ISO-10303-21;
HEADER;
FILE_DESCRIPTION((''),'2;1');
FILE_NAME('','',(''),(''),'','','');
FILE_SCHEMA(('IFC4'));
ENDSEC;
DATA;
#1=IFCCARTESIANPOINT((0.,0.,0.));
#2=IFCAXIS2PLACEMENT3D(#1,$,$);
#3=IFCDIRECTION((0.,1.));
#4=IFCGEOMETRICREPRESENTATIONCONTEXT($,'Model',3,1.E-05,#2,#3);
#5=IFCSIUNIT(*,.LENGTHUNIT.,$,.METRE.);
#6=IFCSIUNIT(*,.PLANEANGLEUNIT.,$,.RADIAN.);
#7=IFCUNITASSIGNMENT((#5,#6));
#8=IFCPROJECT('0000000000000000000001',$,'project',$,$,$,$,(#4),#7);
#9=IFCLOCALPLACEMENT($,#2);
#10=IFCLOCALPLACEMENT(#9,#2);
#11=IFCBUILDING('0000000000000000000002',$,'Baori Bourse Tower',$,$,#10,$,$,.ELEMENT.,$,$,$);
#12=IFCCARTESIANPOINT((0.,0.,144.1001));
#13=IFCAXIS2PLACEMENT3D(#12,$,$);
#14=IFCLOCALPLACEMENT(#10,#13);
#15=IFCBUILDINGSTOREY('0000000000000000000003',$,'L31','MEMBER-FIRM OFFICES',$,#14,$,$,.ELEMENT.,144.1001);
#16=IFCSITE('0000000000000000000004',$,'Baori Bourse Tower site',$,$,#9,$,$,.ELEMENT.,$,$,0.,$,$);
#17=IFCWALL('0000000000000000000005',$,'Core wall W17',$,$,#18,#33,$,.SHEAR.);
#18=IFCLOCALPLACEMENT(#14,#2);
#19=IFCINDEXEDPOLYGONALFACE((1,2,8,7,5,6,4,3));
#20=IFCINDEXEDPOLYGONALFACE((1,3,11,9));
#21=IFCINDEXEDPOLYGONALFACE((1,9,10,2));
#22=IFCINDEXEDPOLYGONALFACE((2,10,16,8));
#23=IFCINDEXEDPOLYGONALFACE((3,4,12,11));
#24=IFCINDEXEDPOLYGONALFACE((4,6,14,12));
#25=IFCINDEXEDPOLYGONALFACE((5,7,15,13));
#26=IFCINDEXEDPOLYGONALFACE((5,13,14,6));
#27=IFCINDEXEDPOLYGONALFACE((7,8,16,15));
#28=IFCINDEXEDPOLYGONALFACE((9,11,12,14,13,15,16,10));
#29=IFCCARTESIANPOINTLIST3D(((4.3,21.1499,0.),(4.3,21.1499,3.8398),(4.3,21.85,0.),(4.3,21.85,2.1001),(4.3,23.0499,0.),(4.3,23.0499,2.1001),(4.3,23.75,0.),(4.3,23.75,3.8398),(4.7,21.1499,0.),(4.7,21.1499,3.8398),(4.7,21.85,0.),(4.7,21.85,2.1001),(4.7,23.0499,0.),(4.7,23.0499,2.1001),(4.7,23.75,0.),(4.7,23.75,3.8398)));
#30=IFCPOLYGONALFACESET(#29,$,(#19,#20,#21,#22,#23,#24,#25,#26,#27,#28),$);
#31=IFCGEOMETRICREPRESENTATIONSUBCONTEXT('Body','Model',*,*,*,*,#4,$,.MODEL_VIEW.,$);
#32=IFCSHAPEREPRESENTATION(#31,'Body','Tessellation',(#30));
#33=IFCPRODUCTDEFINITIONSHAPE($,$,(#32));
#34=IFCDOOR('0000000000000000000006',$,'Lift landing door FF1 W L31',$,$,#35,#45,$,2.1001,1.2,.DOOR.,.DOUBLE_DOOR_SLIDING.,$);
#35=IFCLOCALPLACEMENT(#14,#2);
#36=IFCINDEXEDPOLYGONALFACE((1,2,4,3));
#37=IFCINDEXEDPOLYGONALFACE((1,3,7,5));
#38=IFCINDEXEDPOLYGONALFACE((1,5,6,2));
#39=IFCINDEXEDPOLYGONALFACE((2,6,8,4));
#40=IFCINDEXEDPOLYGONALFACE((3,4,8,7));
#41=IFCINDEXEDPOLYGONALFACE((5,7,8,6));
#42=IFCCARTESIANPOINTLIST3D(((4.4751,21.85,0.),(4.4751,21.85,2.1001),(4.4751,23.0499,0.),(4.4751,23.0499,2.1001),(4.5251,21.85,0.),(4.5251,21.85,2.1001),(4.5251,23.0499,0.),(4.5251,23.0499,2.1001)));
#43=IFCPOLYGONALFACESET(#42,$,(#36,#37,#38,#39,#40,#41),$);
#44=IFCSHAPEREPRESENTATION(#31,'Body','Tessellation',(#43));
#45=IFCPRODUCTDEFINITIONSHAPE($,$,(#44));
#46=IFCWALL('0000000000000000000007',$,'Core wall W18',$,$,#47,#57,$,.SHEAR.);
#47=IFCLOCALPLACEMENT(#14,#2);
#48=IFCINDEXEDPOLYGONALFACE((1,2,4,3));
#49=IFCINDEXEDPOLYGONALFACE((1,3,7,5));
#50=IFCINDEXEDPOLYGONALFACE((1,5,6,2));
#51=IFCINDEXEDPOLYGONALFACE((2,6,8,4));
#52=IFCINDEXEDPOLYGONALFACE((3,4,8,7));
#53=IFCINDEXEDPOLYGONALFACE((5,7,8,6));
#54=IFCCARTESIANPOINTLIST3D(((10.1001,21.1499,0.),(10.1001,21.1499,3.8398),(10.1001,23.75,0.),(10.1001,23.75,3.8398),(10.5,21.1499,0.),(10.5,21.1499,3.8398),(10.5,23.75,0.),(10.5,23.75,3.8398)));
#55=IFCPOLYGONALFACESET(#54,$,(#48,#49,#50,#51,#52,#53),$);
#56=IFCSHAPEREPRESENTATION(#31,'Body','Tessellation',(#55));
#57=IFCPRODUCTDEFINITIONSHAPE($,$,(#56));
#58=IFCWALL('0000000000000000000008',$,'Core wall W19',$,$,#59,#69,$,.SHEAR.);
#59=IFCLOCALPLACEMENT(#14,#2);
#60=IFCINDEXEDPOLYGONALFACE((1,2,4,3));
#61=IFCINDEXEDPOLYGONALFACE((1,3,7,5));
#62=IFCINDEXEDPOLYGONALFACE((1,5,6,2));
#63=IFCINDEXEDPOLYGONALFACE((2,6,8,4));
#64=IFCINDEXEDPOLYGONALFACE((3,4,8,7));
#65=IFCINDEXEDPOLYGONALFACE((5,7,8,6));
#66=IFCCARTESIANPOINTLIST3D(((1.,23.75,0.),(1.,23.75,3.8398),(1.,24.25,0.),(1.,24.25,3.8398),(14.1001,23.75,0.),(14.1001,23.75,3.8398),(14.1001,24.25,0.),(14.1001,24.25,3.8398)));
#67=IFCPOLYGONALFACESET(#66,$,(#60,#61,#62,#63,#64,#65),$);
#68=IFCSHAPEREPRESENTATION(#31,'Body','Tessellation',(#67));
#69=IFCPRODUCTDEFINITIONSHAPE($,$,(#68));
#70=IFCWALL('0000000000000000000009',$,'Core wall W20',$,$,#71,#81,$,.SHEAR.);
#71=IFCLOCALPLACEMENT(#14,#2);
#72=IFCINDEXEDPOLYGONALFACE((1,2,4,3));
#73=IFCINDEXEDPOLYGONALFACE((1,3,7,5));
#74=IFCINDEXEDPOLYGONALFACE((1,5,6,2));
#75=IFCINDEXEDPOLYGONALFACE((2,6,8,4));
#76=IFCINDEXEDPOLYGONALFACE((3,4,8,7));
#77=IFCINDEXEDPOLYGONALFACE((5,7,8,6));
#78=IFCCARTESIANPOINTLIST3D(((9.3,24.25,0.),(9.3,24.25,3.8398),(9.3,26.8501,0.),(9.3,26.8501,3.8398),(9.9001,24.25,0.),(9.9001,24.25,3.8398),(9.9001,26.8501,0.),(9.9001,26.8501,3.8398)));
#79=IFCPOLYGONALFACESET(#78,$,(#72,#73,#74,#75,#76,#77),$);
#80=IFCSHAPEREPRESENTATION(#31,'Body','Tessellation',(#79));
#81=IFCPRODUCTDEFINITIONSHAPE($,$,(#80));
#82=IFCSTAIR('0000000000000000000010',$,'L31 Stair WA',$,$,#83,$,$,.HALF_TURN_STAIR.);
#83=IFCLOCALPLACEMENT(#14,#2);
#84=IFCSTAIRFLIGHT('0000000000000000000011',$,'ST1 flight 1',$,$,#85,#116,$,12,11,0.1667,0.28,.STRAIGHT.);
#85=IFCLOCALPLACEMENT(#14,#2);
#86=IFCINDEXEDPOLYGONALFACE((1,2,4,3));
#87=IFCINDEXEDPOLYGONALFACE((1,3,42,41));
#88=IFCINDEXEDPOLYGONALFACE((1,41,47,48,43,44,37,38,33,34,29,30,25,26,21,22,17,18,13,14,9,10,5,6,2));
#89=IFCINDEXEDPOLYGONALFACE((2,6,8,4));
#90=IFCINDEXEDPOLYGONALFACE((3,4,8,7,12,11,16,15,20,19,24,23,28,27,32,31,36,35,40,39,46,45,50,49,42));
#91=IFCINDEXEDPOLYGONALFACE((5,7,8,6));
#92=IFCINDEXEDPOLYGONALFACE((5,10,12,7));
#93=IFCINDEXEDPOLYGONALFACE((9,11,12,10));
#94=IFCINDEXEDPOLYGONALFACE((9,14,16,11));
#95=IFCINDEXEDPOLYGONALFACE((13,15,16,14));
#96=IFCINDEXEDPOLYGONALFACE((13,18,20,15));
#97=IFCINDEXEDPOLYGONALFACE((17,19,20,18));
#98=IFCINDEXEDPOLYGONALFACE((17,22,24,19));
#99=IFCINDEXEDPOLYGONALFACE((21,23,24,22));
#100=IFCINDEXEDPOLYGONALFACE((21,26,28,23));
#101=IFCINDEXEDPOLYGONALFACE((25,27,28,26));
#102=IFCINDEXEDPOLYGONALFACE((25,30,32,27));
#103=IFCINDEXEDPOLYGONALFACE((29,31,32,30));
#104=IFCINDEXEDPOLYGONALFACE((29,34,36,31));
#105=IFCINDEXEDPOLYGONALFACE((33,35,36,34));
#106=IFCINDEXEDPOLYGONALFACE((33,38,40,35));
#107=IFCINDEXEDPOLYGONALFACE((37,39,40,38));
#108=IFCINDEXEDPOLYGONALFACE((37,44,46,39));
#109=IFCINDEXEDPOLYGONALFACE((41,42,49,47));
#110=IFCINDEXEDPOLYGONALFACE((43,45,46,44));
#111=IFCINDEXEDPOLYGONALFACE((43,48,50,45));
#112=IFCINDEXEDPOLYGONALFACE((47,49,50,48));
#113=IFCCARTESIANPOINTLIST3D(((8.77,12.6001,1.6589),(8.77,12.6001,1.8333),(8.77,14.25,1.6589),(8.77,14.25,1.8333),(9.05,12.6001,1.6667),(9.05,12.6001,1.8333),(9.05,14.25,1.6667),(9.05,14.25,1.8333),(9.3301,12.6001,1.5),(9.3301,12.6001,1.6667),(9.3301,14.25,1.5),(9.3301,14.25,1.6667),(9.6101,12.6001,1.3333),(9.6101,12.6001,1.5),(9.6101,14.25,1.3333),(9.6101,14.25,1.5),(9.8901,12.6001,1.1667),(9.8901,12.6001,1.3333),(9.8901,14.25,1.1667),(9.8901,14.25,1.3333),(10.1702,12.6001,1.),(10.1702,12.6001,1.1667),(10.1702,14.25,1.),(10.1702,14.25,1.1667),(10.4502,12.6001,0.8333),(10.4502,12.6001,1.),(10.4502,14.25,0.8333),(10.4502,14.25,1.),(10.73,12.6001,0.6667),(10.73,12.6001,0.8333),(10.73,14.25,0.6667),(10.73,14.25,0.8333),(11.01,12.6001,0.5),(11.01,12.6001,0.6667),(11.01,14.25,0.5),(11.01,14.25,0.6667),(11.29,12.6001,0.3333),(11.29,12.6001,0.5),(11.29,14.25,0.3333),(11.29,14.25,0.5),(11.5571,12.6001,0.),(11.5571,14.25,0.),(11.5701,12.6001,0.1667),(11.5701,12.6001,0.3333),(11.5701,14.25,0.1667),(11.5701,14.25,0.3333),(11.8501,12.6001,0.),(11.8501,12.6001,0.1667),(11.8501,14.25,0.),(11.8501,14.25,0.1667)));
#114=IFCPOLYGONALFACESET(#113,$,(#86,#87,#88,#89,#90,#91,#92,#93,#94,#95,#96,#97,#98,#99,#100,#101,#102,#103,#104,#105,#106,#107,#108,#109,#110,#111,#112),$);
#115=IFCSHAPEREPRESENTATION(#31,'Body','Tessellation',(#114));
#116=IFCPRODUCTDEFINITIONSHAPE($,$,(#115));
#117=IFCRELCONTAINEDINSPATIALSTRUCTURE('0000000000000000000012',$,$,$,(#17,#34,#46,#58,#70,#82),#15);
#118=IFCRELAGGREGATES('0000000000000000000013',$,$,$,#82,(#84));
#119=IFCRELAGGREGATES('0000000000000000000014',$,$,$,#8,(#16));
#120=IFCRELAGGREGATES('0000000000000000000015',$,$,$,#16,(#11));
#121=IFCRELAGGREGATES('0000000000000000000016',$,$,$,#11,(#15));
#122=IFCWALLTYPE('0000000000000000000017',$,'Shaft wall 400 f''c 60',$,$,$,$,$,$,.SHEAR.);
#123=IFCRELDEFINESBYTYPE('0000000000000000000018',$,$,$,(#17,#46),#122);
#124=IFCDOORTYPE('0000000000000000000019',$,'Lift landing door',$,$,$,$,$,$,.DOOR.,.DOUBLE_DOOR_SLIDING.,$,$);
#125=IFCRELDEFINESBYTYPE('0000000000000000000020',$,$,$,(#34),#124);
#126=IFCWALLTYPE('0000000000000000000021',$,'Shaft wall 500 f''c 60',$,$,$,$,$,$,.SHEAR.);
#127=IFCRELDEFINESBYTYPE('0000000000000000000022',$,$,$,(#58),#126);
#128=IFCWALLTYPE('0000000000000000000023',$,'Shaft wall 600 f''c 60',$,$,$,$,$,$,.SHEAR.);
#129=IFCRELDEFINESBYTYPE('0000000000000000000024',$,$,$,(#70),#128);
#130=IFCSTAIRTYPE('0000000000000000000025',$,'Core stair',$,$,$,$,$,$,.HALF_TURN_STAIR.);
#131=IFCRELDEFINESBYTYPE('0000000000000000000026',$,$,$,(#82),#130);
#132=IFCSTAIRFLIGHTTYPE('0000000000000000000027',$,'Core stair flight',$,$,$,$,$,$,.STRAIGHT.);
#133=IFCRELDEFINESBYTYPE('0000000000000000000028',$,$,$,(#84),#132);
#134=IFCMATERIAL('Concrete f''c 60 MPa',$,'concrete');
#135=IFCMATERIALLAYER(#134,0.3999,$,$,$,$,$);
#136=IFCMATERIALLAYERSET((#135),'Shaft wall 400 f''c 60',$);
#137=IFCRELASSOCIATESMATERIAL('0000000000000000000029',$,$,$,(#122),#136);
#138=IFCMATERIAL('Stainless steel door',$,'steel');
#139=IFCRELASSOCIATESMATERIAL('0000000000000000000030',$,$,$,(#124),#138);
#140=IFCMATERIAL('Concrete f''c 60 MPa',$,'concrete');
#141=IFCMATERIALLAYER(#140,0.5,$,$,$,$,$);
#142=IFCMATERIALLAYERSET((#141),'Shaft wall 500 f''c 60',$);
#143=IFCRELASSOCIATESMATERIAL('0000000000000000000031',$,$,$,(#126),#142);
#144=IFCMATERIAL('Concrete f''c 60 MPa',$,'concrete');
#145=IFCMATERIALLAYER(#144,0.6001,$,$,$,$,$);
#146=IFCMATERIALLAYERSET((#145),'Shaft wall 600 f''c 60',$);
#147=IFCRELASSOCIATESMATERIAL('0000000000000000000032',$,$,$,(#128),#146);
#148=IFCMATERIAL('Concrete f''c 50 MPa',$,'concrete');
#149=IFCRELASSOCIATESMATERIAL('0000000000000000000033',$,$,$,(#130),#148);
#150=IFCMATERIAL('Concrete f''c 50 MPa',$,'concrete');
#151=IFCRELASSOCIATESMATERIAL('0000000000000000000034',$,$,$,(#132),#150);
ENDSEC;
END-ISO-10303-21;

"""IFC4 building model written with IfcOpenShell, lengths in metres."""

from ifc_helpers import new_model, si_unit, direction, frame, frame_2d, origin, place, context, subcontext, project, spatial, polyline, rectangle, outline, extrude, material, layer, layer_set, type_object, element, fill, aggregate, save


model = new_model("IFC4")

# Units and contexts
model_context = context("Model", 3, precision=1e-05, world=origin(), true_north=direction((0.0, 1.0)))
body_context = subcontext(model_context, "Body", "Model", "MODEL_VIEW")
ifc_project = project(units=[si_unit("LENGTHUNIT", "METRE"), si_unit("PLANEANGLEUNIT", "RADIAN")], contexts=[model_context])

# Site, building, storey
site_placement = place(None, origin())
site = spatial("IfcSite", under=ifc_project, at=site_placement, Name="Baori Bourse Tower site", CompositionType="ELEMENT", RefElevation=0.0)
building_placement = place(site_placement, origin())
building = spatial("IfcBuilding", under=site, at=building_placement, Name="Baori Bourse Tower", CompositionType="ELEMENT")
storey_placement = place(building_placement, frame((0.0, 0.0, 144.1001)))
storey = spatial("IfcBuildingStorey", under=building, at=storey_placement, Name="L31", Description="MEMBER-FIRM OFFICES", CompositionType="ELEMENT", Elevation=144.1001)

# Shared definitions
ifc_material_1 = material(Name="Concrete f'c 60 MPa", Category="concrete")
ifc_layer_1 = layer(ifc_material_1, 0.3999)
ifc_layer_set_1 = layer_set([ifc_layer_1], Name="Shaft wall 400 f'c 60")
wall_type_1 = type_object("IfcWallType", Name="Shaft wall 400 f'c 60", PredefinedType="SHEAR", material=ifc_layer_set_1)

# Wall, opening, door
wall_1_placement = place(storey_placement, frame((4.5, 21.1499, 0.0), z_axis=(0.0, 0.0, 1.0), x_axis=(0.0, 1.0, 0.0)))
wall_1 = element("IfcWall", 1, at=wall_1_placement, inside=storey, type_object=wall_type_1, Name="Core wall W17", PredefinedType="SHEAR", context=body_context, shape_type="SweptSolid", body=[
    extrude(rectangle(XDim=2.6001, YDim=0.3999, at=frame_2d((1.3, 0.0))), origin(), (0.0, 0.0, 1.0), 3.8398),
])
opening_1_placement = place(wall_1_placement, frame((0.7, 0.0, 0.0)))
opening_1 = element("IfcOpeningElement", 2, at=opening_1_placement, cuts=wall_1, PredefinedType="OPENING", context=body_context, shape_type="SweptSolid", body=[
    extrude(rectangle(XDim=1.2, YDim=2.1001, at=frame_2d((0.6001, 1.05))), frame((0.0, 0.21, 0.0), z_axis=(0.0, -1.0, 0.0), x_axis=(1.0, 0.0, 0.0)), (0.0, 0.0, 1.0), 0.4199),
])
ifc_material_2 = material(Name="Stainless steel door", Category="steel")
door_type_1 = type_object("IfcDoorType", Name="Lift landing door", OperationType="DOUBLE_DOOR_SLIDING", PredefinedType="DOOR", material=ifc_material_2)
door_1_placement = place(opening_1_placement, origin())
door_1 = element("IfcDoor", 3, at=door_1_placement, inside=storey, type_object=door_type_1, Name="Lift landing door FF1 W L31", OperationType="DOUBLE_DOOR_SLIDING", OverallHeight=2.1001, OverallWidth=1.2, PredefinedType="DOOR", context=body_context, shape_type="SweptSolid", body=[
    extrude(rectangle(XDim=1.2, YDim=2.1001, at=frame_2d((0.6001, 1.05))), frame((0.0, 0.0249, 0.0), z_axis=(0.0, -1.0, 0.0), x_axis=(1.0, 0.0, 0.0)), (0.0, 0.0, 1.0), 0.05),
])
fill(opening_1, door_1)

# Walls
wall_2_placement = place(storey_placement, frame((10.3, 21.1499, 0.0), z_axis=(0.0, 0.0, 1.0), x_axis=(0.0, 1.0, 0.0)))
element("IfcWall", 4, at=wall_2_placement, inside=storey, type_object=wall_type_1, Name="Core wall W18", PredefinedType="SHEAR", context=body_context, shape_type="SweptSolid", body=[
    extrude(rectangle(XDim=2.6001, YDim=0.3999, at=frame_2d((1.3, 0.0))), origin(), (0.0, 0.0, 1.0), 3.8398),
])
ifc_material_3 = material(Name="Concrete f'c 60 MPa", Category="concrete")
ifc_layer_2 = layer(ifc_material_3, 0.5)
ifc_layer_set_2 = layer_set([ifc_layer_2], Name="Shaft wall 500 f'c 60")
wall_type_2 = type_object("IfcWallType", Name="Shaft wall 500 f'c 60", PredefinedType="SHEAR", material=ifc_layer_set_2)
wall_3_placement = place(storey_placement, frame((1.0, 24.0, 0.0), z_axis=(0.0, 0.0, 1.0), x_axis=(1.0, 0.0, 0.0)))
element("IfcWall", 5, at=wall_3_placement, inside=storey, type_object=wall_type_2, Name="Core wall W19", PredefinedType="SHEAR", context=body_context, shape_type="SweptSolid", body=[
    extrude(rectangle(XDim=13.1001, YDim=0.5, at=frame_2d((6.55, 0.0))), origin(), (0.0, 0.0, 1.0), 3.8398),
])
ifc_material_4 = material(Name="Concrete f'c 60 MPa", Category="concrete")
ifc_layer_3 = layer(ifc_material_4, 0.6001)
ifc_layer_set_3 = layer_set([ifc_layer_3], Name="Shaft wall 600 f'c 60")
wall_type_3 = type_object("IfcWallType", Name="Shaft wall 600 f'c 60", PredefinedType="SHEAR", material=ifc_layer_set_3)
wall_4_placement = place(storey_placement, frame((9.6001, 24.25, 0.0), z_axis=(0.0, 0.0, 1.0), x_axis=(0.0, 1.0, 0.0)))
element("IfcWall", 6, at=wall_4_placement, inside=storey, type_object=wall_type_3, Name="Core wall W20", PredefinedType="SHEAR", context=body_context, shape_type="SweptSolid", body=[
    extrude(rectangle(XDim=2.6001, YDim=0.6001, at=frame_2d((1.3, 0.0))), origin(), (0.0, 0.0, 1.0), 3.8398),
])

# Stair, stair flight
ifc_material_5 = material(Name="Concrete f'c 50 MPa", Category="concrete")
stair_type = type_object("IfcStairType", Name="Core stair", PredefinedType="HALF_TURN_STAIR", material=ifc_material_5)
stair_placement = place(storey_placement, origin())
stair = element("IfcStair", 7, at=stair_placement, inside=storey, type_object=stair_type, Name="L31 Stair WA", PredefinedType="HALF_TURN_STAIR")
ifc_material_6 = material(Name="Concrete f'c 50 MPa", Category="concrete")
stair_flight_type = type_object("IfcStairFlightType", Name="Core stair flight", PredefinedType="STRAIGHT", material=ifc_material_6)
stair_flight_placement = place(storey_placement, frame((11.8501, 13.425, 0.0), z_axis=(0.0, 0.0, 1.0), x_axis=(-1.0, 0.0, 0.0)))
stair_flight = element("IfcStairFlight", 8, at=stair_flight_placement, type_object=stair_flight_type, Name="ST1 flight 1", NumberOfRisers=12, NumberOfTreads=11, PredefinedType="STRAIGHT", RiserHeight=0.1667, TreadLength=0.28, context=body_context, shape_type="SweptSolid", body=[
    extrude(outline(polyline([(0.0, 0.0), (0.0, 0.1667), (0.28, 0.1667), (0.28, 0.3333), (0.5601, 0.3333), (0.5601, 0.5), (0.8401, 0.5), (0.8401, 0.6667), (1.1201, 0.6667), (1.1201, 0.8333), (1.3999, 0.8333), (1.3999, 1.0), (1.6799, 1.0), (1.6799, 1.1667), (1.96, 1.1667), (1.96, 1.3333), (2.24, 1.3333), (2.24, 1.5), (2.52, 1.5), (2.52, 1.6667), (2.8, 1.6667), (2.8, 1.8333), (3.0801, 1.8333), (3.0801, 2.0), (3.0801, 1.6589), (0.293, 0.0), (0.0, 0.0)])), frame((0.0, 0.825, 0.0), z_axis=(0.0, -1.0, 0.0), x_axis=(1.0, 0.0, 0.0)), (0.0, 0.0, 1.0), 1.6499),
])
aggregate(stair, [stair_flight])

save(model, "model.ifc")
